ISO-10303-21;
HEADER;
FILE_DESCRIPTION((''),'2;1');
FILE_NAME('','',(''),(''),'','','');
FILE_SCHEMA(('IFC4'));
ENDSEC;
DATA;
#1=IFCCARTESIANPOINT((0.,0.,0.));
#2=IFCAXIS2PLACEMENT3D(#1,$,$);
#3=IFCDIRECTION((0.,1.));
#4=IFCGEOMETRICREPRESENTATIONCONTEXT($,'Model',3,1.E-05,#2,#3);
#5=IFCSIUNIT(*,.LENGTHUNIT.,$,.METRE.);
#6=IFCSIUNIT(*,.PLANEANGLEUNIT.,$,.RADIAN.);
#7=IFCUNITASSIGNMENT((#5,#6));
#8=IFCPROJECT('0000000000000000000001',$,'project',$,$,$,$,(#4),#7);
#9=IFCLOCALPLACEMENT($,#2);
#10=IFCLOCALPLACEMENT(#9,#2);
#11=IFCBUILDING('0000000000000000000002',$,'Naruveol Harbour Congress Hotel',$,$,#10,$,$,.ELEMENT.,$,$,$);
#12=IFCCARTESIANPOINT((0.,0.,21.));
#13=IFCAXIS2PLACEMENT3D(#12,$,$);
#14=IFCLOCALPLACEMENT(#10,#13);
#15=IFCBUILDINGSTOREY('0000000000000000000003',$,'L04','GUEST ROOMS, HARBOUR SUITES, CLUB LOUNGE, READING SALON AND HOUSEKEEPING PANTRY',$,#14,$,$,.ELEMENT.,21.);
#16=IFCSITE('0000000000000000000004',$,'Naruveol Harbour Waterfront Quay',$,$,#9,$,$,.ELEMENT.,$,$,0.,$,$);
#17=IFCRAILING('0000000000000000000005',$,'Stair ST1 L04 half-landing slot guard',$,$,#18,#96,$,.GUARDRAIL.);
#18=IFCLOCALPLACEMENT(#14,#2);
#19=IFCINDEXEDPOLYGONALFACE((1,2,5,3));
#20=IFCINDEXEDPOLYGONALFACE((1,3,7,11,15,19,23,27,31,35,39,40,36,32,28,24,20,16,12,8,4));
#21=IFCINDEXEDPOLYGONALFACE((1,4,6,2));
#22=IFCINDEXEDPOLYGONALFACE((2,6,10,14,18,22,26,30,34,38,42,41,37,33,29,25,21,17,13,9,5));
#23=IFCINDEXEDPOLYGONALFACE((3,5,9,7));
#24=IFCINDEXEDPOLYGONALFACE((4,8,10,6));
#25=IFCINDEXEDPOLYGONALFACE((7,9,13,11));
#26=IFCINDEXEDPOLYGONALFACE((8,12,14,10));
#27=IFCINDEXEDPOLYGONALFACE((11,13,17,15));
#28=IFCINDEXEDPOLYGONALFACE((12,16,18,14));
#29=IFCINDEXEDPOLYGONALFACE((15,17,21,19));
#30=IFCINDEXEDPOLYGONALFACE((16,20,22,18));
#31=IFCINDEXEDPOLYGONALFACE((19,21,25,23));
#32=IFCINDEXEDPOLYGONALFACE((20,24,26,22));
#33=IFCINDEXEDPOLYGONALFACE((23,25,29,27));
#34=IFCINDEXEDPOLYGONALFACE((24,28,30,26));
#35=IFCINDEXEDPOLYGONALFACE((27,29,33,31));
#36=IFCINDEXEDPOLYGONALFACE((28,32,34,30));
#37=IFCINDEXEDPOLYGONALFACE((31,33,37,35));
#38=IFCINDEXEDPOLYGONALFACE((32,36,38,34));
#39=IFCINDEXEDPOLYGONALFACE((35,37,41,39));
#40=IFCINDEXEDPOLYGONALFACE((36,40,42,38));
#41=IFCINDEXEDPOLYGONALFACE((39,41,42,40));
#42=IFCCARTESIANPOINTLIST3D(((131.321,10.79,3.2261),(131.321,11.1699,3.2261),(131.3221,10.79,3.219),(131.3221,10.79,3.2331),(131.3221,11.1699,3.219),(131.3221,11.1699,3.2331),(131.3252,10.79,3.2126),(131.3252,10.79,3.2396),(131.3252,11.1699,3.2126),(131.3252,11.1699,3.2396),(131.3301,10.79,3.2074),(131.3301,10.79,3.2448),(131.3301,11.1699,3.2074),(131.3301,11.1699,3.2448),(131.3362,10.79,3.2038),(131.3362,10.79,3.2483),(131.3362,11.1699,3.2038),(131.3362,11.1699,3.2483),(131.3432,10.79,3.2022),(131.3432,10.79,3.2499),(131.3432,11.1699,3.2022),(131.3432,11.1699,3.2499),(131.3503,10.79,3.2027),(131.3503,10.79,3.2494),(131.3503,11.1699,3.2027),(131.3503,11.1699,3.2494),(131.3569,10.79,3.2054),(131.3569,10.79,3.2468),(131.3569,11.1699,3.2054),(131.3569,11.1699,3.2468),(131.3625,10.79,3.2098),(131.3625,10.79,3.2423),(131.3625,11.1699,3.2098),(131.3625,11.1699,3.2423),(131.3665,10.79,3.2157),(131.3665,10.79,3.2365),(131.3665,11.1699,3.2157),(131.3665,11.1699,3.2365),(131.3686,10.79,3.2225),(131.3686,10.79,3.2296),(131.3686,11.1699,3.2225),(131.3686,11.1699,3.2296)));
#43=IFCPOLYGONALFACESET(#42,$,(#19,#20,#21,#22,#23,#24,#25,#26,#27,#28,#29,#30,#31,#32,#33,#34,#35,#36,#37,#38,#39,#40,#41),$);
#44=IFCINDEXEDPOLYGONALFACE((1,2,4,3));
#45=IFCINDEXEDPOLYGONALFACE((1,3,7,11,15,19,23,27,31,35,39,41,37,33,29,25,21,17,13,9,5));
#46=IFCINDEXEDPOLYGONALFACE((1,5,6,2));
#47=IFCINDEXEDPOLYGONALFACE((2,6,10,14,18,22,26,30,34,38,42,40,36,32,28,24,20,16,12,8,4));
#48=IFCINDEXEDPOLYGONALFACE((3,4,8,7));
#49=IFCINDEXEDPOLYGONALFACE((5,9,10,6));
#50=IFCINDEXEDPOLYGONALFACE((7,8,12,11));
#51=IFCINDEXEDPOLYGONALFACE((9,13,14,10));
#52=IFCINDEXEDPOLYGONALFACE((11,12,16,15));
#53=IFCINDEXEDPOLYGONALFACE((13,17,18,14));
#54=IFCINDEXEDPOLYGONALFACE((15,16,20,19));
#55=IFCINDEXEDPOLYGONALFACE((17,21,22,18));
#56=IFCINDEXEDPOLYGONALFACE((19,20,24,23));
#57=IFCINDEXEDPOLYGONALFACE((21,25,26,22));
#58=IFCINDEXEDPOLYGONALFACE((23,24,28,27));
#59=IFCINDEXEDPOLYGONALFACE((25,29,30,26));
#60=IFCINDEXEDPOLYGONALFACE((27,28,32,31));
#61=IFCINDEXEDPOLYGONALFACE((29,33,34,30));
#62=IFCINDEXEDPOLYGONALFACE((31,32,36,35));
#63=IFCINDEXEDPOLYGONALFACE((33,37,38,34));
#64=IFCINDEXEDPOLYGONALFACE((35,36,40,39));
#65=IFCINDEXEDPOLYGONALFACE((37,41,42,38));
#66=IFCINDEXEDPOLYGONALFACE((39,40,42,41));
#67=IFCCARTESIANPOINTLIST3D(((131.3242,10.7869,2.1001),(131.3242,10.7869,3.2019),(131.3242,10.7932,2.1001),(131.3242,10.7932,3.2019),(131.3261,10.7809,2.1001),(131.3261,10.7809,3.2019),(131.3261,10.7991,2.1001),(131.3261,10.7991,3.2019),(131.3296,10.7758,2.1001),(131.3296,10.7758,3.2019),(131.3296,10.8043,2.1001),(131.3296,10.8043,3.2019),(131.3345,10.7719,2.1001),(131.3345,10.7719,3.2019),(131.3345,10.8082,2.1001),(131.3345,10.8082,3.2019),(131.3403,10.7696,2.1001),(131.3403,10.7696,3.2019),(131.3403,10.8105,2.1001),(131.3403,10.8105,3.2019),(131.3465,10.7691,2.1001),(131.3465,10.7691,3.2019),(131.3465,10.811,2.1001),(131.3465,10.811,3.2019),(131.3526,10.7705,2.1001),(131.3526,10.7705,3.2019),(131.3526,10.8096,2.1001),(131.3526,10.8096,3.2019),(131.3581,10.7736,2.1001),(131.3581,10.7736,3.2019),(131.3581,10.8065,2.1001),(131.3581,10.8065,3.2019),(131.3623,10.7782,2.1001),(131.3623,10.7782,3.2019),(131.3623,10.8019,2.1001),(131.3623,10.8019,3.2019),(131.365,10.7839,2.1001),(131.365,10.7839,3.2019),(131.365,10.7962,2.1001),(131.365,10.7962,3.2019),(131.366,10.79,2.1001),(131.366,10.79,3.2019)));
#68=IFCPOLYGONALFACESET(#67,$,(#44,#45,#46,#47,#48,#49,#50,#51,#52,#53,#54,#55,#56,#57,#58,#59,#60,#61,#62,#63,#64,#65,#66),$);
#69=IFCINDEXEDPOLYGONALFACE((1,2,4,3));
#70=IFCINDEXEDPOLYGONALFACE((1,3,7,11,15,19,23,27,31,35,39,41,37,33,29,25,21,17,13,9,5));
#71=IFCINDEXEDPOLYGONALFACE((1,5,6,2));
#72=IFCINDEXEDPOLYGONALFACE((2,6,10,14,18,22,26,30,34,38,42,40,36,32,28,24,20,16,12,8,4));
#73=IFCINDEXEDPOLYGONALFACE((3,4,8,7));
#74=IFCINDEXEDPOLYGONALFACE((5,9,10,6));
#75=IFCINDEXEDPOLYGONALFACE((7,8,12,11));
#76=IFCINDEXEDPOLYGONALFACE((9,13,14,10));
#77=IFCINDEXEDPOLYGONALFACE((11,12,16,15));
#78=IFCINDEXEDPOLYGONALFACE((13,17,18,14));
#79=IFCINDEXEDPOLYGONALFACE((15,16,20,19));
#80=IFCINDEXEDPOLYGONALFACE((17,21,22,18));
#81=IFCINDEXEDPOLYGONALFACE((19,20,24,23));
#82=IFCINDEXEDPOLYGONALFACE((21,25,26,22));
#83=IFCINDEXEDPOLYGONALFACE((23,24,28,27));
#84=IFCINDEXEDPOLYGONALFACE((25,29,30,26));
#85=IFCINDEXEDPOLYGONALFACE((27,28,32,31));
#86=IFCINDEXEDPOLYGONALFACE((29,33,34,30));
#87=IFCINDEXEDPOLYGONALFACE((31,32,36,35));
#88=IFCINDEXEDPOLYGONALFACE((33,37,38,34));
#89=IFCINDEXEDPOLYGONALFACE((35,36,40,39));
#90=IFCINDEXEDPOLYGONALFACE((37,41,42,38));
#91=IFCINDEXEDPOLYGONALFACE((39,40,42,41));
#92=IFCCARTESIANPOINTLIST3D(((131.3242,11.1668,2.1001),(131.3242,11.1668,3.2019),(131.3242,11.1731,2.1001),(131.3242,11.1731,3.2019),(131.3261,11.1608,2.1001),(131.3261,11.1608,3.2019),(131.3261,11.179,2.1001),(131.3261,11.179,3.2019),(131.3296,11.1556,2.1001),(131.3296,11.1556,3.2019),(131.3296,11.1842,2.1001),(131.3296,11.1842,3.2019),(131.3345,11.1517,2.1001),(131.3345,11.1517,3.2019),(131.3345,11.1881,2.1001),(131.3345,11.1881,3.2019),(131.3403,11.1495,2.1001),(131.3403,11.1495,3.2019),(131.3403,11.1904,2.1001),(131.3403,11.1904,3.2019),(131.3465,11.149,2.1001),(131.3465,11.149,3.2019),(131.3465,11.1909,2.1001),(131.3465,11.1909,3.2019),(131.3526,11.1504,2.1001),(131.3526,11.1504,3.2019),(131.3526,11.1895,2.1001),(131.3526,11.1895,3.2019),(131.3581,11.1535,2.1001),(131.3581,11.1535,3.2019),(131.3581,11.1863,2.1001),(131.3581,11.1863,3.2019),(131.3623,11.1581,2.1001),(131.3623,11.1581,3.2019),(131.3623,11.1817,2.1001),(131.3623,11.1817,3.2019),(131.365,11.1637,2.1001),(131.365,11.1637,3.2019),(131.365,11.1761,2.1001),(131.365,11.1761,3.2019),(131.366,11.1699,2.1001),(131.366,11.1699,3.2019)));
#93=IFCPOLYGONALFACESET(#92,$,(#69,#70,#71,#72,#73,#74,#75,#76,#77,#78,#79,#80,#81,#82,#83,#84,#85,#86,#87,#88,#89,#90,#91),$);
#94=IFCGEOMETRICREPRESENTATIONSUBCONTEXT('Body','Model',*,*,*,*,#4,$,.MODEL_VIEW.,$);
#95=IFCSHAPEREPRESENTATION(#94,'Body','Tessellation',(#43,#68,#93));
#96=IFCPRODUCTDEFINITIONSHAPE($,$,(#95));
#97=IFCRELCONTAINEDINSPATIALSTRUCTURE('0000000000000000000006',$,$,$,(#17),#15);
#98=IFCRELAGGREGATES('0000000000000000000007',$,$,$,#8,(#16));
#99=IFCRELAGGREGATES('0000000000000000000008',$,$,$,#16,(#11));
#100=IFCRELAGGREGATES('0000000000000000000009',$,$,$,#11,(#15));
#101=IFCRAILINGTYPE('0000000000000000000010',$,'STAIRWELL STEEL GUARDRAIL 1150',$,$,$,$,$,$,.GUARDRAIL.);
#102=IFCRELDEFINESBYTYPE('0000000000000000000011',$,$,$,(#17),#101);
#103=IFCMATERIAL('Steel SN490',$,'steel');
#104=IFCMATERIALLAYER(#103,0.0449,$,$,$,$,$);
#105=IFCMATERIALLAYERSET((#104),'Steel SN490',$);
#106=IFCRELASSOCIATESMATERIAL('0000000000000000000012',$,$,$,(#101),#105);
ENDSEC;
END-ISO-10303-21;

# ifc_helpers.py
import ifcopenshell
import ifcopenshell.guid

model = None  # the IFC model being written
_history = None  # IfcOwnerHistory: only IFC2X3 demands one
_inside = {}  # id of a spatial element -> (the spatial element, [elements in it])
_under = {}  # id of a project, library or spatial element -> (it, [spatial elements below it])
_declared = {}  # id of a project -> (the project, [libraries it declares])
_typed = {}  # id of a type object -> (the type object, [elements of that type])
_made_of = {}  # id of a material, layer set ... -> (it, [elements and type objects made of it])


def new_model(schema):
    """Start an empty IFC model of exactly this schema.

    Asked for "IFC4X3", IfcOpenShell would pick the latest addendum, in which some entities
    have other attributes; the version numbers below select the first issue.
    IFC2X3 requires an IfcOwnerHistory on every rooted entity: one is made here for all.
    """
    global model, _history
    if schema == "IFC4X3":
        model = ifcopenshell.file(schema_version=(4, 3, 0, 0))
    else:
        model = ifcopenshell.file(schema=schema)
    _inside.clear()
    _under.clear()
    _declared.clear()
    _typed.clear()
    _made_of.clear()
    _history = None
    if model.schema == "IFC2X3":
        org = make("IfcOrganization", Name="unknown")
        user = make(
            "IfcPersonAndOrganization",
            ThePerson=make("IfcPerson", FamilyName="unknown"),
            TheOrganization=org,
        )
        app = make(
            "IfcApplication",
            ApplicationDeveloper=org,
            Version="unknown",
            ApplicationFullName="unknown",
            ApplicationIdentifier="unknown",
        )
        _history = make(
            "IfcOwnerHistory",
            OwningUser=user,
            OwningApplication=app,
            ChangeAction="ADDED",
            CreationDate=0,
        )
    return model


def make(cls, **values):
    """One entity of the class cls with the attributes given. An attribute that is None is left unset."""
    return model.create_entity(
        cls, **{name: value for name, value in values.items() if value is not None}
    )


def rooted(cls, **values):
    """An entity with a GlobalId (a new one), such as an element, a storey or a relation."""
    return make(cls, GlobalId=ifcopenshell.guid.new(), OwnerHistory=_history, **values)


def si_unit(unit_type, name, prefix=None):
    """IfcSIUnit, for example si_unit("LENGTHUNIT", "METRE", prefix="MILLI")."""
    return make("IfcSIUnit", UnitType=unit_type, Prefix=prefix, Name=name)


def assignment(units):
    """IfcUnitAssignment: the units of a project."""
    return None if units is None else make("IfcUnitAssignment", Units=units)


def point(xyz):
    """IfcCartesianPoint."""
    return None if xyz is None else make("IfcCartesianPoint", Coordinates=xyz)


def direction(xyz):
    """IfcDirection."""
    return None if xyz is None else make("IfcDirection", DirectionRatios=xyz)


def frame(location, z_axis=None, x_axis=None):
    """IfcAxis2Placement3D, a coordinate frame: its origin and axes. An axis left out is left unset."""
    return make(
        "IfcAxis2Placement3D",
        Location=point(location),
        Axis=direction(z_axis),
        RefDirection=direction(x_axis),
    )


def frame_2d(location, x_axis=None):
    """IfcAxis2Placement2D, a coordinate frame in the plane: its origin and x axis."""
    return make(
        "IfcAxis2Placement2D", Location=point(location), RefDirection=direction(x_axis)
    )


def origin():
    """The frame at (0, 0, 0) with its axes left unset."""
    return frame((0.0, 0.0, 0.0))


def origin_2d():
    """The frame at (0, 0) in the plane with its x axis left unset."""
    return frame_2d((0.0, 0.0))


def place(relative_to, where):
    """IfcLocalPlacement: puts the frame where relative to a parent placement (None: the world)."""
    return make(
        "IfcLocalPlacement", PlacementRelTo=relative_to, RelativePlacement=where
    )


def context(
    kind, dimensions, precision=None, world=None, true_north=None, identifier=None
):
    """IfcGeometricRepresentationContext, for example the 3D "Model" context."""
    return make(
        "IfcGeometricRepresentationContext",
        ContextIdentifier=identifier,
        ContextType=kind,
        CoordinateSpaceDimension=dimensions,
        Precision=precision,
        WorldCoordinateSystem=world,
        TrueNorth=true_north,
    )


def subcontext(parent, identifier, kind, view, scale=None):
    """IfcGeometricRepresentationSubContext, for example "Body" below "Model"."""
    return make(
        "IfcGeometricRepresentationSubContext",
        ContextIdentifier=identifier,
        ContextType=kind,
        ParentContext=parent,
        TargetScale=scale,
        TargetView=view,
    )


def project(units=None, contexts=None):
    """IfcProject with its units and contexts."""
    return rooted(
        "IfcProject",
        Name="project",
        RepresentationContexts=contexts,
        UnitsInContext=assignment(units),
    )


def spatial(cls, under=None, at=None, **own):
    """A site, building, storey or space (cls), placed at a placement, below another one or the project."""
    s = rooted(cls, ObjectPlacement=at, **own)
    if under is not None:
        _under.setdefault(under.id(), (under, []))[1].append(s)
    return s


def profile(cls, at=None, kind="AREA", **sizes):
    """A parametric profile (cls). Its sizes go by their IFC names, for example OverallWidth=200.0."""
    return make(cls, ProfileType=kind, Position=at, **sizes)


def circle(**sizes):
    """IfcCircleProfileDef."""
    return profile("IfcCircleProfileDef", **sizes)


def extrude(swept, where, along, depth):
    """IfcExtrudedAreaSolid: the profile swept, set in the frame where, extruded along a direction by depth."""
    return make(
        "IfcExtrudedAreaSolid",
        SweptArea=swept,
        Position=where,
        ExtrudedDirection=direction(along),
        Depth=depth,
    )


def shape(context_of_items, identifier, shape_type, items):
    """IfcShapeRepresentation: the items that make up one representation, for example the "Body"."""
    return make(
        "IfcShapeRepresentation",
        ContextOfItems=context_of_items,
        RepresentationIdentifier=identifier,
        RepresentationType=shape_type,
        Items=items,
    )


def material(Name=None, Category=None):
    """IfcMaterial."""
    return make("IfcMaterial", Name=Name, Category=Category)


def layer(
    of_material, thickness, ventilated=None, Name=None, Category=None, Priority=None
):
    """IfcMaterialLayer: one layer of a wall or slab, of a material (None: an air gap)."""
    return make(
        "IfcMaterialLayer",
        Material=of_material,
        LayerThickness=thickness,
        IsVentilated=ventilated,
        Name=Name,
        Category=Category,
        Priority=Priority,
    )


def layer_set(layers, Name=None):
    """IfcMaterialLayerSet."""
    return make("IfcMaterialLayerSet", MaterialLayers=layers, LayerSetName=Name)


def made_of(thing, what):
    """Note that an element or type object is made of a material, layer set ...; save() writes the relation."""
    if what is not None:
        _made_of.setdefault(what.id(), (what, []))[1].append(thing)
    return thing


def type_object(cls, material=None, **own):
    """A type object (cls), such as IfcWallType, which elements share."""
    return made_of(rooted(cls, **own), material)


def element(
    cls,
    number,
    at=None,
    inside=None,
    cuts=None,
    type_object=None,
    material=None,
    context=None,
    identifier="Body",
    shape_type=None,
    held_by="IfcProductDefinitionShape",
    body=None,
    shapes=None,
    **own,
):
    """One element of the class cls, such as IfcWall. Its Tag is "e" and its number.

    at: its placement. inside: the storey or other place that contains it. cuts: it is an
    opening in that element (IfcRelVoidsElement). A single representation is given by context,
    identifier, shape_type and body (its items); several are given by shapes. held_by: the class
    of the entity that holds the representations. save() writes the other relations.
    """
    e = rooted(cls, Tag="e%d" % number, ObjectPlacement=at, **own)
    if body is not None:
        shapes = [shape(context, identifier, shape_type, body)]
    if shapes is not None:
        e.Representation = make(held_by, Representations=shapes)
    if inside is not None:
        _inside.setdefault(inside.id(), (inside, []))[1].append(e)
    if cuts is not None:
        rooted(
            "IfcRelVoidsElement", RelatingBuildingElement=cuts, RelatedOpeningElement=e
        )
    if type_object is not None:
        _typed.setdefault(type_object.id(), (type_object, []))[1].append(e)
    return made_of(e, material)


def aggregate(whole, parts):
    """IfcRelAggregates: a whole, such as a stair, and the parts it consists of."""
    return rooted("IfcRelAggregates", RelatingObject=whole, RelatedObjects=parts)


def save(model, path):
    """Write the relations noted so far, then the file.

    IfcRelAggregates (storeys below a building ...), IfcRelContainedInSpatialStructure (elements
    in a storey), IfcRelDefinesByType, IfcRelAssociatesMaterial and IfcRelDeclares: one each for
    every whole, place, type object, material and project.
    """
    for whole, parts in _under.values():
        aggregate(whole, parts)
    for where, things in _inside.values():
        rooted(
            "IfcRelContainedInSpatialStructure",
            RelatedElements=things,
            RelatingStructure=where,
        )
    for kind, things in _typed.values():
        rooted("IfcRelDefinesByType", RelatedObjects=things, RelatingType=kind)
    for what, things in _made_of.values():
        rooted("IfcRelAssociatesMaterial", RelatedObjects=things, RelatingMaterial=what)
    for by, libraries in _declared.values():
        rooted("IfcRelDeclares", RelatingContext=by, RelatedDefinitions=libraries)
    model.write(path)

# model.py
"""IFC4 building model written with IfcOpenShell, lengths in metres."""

from ifc_helpers import new_model, si_unit, direction, frame, origin, origin_2d, place, context, subcontext, project, spatial, circle, extrude, material, layer, layer_set, type_object, element, save


model = new_model("IFC4")

# Units and contexts
model_context = context("Model", 3, precision=1e-05, world=origin(), true_north=direction((0.0, 1.0)))
body_context = subcontext(model_context, "Body", "Model", "MODEL_VIEW")
ifc_project = project(units=[si_unit("LENGTHUNIT", "METRE"), si_unit("PLANEANGLEUNIT", "RADIAN")], contexts=[model_context])

# Site, building, storey
site_placement = place(None, origin())
site = spatial("IfcSite", under=ifc_project, at=site_placement, Name="Naruveol Harbour Waterfront Quay", CompositionType="ELEMENT", RefElevation=0.0)
building_placement = place(site_placement, origin())
building = spatial("IfcBuilding", under=site, at=building_placement, Name="Naruveol Harbour Congress Hotel", CompositionType="ELEMENT")
storey_placement = place(building_placement, frame((0.0, 0.0, 21.0)))
storey = spatial("IfcBuildingStorey", under=building, at=storey_placement, Name="L04", Description="GUEST ROOMS, HARBOUR SUITES, CLUB LOUNGE, READING SALON AND HOUSEKEEPING PANTRY", CompositionType="ELEMENT", Elevation=21.0)

# Railing
ifc_material_1 = material(Name="Steel SN490", Category="steel")
ifc_layer_1 = layer(ifc_material_1, 0.0449)
ifc_layer_set_1 = layer_set([ifc_layer_1], Name="Steel SN490")
railing_type_1 = type_object("IfcRailingType", Name="STAIRWELL STEEL GUARDRAIL 1150", PredefinedType="GUARDRAIL", material=ifc_layer_set_1)
railing_1_placement = place(storey_placement, frame((131.345, 10.79, 2.1001)))
element("IfcRailing", 1, at=railing_1_placement, inside=storey, type_object=railing_type_1, Name="Stair ST1 L04 half-landing slot guard", PredefinedType="GUARDRAIL", context=body_context, shape_type="SweptSolid", body=[
    extrude(circle(Radius=0.0239, at=origin_2d()), frame((0.0, 0.0, 1.126), z_axis=(0.0, 1.0, 0.0), x_axis=(-1.0, 0.0, 0.0)), (0.0, 0.0, 1.0), 0.3799),
    extrude(circle(Radius=0.021, at=origin_2d()), origin(), (0.0, 0.0, 1.0), 1.1018),
    extrude(circle(Radius=0.021, at=origin_2d()), frame((0.0, 0.3799, 0.0)), (0.0, 0.0, 1.0), 1.1018),
])

save(model, "model.ifc")
